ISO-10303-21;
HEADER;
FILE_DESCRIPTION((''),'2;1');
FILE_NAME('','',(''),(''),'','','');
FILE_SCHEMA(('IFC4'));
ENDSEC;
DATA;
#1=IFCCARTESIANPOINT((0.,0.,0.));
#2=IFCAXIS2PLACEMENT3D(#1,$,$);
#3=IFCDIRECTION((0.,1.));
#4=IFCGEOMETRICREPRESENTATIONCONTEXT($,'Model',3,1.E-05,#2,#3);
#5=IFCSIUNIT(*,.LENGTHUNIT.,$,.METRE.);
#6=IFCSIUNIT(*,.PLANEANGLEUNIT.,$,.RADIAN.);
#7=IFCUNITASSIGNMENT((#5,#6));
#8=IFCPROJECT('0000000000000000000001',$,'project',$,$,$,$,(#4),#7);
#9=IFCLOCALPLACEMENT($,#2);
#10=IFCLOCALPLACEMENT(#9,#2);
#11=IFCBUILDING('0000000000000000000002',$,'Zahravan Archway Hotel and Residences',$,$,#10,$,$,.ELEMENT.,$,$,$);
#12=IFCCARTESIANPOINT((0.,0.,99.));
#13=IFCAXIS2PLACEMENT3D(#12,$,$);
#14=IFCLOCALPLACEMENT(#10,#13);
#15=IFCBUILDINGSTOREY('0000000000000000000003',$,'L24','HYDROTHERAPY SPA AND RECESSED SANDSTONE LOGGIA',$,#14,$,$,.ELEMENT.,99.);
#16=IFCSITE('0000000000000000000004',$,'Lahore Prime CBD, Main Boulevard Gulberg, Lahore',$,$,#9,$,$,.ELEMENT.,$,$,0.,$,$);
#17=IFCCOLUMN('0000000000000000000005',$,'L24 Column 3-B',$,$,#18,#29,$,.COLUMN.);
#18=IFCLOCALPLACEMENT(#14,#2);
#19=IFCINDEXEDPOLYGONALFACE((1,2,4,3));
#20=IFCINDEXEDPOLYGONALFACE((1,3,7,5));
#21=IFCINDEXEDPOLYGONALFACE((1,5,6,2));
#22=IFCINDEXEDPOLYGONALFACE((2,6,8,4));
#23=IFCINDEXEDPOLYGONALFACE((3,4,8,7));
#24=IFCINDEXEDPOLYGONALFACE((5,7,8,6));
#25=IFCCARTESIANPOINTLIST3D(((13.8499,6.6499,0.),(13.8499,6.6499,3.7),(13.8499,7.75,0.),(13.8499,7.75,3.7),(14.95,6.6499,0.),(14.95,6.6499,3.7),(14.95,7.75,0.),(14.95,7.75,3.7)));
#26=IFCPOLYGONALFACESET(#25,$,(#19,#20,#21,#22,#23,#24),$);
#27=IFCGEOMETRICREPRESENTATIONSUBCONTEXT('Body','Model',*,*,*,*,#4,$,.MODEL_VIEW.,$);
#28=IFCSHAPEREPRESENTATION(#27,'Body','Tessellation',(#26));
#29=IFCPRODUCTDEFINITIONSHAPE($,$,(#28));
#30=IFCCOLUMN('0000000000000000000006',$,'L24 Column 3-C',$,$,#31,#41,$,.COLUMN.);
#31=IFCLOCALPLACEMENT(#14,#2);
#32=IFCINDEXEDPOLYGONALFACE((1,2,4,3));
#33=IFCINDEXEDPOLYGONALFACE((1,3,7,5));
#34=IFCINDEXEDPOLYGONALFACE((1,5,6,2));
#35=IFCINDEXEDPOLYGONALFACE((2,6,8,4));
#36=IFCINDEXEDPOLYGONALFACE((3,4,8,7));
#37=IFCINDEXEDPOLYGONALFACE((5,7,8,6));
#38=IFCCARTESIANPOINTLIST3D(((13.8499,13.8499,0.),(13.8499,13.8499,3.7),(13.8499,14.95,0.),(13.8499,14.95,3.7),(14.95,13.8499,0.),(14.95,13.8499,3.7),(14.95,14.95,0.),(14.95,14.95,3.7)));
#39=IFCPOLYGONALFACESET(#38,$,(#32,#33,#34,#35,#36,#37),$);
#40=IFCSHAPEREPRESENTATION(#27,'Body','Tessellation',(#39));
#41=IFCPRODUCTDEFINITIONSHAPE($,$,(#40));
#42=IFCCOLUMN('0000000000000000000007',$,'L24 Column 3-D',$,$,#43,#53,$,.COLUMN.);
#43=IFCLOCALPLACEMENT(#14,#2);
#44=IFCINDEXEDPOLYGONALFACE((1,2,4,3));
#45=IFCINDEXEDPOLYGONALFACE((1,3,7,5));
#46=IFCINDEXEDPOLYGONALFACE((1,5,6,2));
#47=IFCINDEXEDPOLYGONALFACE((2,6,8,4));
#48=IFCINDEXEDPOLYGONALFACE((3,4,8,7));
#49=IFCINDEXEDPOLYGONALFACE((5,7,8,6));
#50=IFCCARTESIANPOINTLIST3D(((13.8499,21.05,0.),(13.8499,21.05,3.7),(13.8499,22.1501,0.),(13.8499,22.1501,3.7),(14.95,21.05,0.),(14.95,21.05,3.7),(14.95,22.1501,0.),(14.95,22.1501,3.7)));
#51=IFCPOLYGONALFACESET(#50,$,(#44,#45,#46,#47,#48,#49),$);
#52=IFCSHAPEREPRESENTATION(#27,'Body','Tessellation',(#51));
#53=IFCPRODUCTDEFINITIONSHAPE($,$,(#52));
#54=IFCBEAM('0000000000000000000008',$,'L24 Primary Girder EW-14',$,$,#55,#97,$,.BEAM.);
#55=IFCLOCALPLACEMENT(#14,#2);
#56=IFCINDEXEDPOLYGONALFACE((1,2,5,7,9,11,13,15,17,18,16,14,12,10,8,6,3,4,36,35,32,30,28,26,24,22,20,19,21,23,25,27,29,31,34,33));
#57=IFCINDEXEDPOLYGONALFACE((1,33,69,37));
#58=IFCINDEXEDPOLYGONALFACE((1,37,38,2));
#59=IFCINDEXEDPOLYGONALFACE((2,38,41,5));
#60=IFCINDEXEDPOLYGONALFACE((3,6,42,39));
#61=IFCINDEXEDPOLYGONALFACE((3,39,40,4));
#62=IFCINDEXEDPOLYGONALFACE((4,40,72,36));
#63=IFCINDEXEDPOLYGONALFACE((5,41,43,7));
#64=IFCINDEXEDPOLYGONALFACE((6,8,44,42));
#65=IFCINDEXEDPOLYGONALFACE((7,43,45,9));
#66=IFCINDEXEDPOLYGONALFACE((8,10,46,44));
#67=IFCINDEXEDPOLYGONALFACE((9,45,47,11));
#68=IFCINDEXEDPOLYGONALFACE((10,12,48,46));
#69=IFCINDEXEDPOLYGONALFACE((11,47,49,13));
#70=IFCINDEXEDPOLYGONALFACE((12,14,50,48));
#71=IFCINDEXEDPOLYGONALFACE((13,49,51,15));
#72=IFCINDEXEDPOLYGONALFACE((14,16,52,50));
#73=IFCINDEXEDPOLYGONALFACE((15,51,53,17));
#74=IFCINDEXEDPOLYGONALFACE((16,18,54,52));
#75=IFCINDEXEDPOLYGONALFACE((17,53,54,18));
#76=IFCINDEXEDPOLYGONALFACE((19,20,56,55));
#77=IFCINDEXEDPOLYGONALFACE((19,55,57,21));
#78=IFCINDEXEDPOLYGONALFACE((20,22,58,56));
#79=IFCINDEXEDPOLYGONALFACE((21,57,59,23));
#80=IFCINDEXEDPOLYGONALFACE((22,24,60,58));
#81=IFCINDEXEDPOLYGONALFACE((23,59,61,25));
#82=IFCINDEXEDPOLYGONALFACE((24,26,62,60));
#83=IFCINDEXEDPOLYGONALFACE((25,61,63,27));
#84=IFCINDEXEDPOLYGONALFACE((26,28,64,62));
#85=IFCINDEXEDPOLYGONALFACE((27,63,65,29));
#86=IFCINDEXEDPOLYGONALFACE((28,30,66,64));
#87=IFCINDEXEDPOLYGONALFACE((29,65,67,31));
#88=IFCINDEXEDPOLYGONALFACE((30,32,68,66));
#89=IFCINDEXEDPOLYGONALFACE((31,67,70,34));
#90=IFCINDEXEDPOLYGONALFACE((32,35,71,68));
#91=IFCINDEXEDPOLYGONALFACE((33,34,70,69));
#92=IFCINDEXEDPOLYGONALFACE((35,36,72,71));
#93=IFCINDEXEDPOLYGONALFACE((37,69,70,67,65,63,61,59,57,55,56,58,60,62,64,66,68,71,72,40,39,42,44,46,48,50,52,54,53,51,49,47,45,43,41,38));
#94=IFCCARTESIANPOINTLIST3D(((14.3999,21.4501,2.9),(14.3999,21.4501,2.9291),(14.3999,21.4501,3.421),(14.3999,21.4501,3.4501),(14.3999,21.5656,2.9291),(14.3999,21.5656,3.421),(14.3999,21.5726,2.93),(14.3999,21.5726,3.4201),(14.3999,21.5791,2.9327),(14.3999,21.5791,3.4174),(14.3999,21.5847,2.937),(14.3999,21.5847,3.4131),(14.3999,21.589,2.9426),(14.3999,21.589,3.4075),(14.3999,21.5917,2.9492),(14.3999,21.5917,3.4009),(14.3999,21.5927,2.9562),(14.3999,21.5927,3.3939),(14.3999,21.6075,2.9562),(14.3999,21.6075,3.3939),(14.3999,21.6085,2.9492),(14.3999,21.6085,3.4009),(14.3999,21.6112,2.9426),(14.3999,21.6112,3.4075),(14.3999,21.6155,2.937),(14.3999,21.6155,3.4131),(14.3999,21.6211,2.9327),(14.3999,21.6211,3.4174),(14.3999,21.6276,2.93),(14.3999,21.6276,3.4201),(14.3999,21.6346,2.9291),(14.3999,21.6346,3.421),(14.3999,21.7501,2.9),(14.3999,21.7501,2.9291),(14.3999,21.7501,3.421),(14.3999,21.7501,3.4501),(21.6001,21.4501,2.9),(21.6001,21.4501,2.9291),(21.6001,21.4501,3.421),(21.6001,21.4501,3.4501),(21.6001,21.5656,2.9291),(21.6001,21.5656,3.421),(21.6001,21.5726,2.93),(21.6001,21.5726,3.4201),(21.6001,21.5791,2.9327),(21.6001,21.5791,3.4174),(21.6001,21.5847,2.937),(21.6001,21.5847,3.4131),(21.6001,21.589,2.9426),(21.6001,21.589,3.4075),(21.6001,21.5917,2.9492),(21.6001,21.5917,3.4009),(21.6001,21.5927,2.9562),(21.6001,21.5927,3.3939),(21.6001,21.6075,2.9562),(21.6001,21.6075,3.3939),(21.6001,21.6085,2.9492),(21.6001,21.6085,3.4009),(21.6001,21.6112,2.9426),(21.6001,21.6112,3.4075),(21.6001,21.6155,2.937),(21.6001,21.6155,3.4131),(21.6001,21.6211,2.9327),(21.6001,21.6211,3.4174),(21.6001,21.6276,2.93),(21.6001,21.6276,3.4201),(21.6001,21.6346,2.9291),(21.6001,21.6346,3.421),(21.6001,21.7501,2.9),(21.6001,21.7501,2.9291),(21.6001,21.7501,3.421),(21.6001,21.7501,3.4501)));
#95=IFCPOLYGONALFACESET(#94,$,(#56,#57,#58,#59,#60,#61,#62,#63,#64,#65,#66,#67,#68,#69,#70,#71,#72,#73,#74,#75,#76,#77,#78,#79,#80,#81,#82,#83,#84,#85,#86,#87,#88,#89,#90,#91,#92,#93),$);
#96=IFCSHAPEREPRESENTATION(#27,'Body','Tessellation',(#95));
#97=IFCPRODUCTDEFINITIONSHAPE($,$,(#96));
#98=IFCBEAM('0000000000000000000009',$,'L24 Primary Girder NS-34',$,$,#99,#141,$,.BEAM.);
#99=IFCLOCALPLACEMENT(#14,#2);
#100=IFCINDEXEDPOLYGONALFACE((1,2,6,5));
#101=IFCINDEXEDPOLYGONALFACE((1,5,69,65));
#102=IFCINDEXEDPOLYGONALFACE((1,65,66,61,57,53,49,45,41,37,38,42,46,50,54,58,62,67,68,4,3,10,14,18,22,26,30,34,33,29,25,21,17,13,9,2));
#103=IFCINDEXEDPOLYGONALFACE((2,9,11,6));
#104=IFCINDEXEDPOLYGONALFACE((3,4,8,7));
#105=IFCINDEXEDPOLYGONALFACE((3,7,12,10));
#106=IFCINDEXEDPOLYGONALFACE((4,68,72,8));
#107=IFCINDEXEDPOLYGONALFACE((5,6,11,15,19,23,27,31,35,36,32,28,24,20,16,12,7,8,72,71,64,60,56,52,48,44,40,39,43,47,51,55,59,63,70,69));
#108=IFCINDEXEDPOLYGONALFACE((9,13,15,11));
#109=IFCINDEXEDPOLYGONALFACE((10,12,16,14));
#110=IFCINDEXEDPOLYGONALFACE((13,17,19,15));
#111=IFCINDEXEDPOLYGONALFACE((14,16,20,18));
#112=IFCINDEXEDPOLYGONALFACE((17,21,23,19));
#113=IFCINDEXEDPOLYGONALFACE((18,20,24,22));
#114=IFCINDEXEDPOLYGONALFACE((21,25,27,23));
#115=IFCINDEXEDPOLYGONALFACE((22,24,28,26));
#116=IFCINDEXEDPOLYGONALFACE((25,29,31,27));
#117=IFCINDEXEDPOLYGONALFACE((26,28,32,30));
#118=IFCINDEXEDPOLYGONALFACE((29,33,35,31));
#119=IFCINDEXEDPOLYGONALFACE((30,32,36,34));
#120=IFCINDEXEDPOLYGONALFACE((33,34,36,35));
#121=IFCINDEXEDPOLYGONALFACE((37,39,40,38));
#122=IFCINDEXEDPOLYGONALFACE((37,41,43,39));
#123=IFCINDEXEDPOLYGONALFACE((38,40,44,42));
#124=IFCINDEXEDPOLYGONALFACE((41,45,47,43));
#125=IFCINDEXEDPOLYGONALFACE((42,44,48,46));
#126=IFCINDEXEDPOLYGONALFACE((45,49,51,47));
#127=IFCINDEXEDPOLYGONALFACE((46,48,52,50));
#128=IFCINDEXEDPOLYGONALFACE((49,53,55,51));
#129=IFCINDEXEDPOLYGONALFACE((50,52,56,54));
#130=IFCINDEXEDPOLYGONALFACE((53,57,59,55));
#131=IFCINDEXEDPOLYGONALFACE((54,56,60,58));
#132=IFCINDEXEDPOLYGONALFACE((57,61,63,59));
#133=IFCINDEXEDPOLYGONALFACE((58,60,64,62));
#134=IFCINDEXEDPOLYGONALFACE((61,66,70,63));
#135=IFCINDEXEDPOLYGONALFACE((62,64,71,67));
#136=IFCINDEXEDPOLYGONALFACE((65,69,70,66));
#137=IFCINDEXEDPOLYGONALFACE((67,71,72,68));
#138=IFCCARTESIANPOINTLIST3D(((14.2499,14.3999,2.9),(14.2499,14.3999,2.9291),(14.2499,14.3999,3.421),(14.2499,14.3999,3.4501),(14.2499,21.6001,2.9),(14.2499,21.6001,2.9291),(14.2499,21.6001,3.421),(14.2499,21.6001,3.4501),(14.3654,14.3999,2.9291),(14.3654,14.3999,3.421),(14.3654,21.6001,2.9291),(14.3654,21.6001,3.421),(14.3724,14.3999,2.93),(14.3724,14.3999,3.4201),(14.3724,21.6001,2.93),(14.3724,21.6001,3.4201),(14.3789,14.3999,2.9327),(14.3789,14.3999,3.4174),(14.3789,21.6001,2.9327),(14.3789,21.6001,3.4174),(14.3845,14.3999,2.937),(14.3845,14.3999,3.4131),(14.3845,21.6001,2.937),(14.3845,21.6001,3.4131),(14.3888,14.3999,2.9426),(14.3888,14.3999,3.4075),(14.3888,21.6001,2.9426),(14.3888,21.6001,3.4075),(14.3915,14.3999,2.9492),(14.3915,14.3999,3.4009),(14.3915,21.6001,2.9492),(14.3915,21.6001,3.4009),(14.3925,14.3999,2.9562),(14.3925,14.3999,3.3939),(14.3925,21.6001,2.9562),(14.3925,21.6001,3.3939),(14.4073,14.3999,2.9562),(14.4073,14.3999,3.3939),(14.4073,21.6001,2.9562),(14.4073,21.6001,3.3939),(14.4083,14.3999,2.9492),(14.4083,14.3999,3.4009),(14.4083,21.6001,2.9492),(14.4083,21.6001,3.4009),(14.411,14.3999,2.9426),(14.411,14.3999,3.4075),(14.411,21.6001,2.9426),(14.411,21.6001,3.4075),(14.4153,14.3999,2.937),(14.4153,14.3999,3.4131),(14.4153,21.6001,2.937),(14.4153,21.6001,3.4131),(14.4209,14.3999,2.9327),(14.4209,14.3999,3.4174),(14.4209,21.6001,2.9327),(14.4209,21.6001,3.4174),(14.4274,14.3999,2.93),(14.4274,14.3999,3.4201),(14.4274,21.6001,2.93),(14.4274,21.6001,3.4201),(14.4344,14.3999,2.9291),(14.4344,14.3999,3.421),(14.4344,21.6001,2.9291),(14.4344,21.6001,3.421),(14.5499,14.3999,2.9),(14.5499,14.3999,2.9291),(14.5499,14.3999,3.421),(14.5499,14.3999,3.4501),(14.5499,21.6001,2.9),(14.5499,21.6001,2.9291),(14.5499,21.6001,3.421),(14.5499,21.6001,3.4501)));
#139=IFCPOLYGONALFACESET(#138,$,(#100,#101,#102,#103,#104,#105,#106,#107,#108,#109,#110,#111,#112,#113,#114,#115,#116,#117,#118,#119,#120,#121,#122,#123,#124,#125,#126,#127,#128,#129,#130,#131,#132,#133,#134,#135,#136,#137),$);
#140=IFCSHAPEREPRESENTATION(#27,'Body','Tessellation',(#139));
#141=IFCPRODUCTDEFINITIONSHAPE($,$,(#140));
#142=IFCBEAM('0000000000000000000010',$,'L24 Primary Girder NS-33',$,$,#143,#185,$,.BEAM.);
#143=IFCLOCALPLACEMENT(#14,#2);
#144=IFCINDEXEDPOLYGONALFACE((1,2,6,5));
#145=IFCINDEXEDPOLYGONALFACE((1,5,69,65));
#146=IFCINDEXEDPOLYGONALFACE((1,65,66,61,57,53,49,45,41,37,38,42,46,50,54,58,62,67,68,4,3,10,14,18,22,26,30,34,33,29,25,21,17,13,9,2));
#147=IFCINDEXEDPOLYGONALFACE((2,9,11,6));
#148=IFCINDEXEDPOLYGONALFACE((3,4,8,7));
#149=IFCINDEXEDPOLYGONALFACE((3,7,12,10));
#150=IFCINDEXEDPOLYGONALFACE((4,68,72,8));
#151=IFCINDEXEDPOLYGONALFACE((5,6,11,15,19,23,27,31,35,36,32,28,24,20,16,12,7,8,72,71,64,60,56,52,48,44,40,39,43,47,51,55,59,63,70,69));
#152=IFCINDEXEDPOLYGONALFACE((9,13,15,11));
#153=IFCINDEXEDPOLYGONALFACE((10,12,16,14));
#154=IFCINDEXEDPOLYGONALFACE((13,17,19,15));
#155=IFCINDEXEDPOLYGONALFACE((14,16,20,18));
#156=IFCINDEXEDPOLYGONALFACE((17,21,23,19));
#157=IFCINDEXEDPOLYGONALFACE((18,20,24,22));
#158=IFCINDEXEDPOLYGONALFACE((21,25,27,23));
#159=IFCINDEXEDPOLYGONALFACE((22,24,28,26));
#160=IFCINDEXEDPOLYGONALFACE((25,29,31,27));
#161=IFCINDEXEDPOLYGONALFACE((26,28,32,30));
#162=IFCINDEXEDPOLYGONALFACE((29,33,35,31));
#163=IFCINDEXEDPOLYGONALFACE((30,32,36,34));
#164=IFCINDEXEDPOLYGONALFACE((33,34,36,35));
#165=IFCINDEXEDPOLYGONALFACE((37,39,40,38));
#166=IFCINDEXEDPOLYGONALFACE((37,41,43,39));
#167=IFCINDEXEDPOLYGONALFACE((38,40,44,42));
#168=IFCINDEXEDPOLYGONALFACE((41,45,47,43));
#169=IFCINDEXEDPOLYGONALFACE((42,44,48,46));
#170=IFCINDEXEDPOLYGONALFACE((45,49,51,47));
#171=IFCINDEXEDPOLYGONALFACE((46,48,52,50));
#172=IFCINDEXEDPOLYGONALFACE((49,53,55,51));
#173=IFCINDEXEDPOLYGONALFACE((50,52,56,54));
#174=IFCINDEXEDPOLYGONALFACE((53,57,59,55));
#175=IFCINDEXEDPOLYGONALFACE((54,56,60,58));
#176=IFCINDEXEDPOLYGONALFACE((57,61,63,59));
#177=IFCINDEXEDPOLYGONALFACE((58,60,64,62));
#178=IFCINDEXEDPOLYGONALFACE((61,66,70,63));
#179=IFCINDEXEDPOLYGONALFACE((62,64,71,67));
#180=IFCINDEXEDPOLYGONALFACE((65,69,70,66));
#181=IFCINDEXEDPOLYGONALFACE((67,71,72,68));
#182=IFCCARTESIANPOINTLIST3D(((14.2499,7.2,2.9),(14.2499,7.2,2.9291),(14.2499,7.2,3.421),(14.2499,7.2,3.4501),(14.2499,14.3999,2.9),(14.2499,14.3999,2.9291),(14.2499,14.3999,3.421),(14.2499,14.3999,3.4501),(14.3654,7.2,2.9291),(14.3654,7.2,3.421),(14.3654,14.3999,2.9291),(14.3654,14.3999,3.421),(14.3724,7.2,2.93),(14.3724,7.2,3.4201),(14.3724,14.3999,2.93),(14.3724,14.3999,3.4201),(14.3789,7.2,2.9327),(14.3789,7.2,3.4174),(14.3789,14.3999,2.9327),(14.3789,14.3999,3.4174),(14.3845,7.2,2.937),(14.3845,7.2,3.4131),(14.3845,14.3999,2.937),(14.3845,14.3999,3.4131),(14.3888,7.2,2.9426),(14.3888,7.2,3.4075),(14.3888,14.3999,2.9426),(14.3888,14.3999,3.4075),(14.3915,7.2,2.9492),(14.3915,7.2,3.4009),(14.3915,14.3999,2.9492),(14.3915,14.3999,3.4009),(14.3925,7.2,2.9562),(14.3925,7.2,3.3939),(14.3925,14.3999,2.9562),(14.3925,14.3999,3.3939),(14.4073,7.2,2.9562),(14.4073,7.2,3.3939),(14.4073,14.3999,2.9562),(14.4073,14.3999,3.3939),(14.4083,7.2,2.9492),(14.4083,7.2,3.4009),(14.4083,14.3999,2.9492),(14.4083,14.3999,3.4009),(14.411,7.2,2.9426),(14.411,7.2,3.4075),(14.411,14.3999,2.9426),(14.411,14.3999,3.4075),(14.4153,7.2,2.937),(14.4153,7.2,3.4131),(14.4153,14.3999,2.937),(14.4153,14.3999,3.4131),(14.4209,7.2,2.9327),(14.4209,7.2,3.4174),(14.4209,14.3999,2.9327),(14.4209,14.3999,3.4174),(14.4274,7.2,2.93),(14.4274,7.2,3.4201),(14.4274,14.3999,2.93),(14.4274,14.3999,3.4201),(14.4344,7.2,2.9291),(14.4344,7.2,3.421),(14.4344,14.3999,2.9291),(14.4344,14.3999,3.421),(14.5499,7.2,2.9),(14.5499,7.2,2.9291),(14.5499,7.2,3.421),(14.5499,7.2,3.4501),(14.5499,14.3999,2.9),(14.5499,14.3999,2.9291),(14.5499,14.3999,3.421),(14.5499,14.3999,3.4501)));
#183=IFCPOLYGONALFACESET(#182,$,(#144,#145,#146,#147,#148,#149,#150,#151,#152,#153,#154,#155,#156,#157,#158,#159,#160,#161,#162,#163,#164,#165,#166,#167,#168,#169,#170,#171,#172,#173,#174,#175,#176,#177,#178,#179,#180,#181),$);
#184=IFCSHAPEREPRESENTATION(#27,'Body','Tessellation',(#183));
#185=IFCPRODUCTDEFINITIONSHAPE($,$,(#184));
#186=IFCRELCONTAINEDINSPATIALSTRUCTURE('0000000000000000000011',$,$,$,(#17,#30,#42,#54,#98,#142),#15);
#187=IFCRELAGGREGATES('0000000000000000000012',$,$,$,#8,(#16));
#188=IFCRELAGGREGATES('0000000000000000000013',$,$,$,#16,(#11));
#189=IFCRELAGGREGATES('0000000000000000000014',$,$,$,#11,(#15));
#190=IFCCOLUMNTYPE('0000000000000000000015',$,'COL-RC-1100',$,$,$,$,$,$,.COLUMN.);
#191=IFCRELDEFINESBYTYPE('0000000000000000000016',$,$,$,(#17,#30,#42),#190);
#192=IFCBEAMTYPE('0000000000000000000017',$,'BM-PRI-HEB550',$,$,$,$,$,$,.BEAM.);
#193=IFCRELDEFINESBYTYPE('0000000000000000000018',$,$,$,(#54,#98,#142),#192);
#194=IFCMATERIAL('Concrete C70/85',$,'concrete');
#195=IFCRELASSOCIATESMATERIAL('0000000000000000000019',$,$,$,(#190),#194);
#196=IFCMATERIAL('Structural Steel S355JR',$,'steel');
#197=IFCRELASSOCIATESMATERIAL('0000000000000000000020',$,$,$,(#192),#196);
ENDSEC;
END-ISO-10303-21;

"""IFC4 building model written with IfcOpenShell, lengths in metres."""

from ifc_helpers import new_model, si_unit, direction, frame, origin, origin_2d, place, context, subcontext, project, spatial, rectangle, i_section, extrude, source, transform, mapped, material, material_profile, profile_set, type_object, type_shapes, element, save


model = new_model("IFC4")

# Units and contexts
model_context = context("Model", 3, precision=1e-05, world=origin(), true_north=direction((0.0, 1.0)))
body_context = subcontext(model_context, "Body", "Model", "MODEL_VIEW")
ifc_project = project(units=[si_unit("LENGTHUNIT", "METRE"), si_unit("PLANEANGLEUNIT", "RADIAN")], contexts=[model_context])

# Site, building, storey
site_placement = place(None, origin())
site = spatial("IfcSite", under=ifc_project, at=site_placement, Name="Lahore Prime CBD, Main Boulevard Gulberg, Lahore", CompositionType="ELEMENT", RefElevation=0.0)
building_placement = place(site_placement, origin())
building = spatial("IfcBuilding", under=site, at=building_placement, Name="Zahravan Archway Hotel and Residences", CompositionType="ELEMENT")
storey_placement = place(building_placement, frame((0.0, 0.0, 99.0)))
storey = spatial("IfcBuildingStorey", under=building, at=storey_placement, Name="L24", Description="HYDROTHERAPY SPA AND RECESSED SANDSTONE LOGGIA", CompositionType="ELEMENT", Elevation=99.0)

# Columns
ifc_material_1 = material(Name="Concrete C70/85", Category="concrete")
ifc_material_profile_1 = material_profile(ifc_material_1, rectangle(XDim=1.1001, YDim=1.1001, at=origin_2d()), Name="RC 1100x1100", Category="concrete")
ifc_profile_set_1 = profile_set([ifc_material_profile_1], Name="Concrete C70/85")
column_type = type_object("IfcColumnType", Name="COL-RC-1100", PredefinedType="COLUMN", material=ifc_profile_set_1)
shared_shape_1 = source(origin(), body_context, "Body", "SweptSolid", [
    extrude(rectangle(XDim=1.1001, YDim=1.1001, at=origin_2d()), origin(), (0.0, 0.0, 1.0), 3.7),
])
for number, where, z_axis, x_axis, name in (
    (1, (14.3999, 7.2, 0.0), (0.0, 0.0, 1.0), (1.0, 0.0, 0.0), "L24 Column 3-B"),
    (2, (14.3999, 14.3999, 0.0), (0.0, 0.0, 1.0), (1.0, 0.0, 0.0), "L24 Column 3-C"),
    (3, (14.3999, 21.6001, 0.0), (0.0, 0.0, 1.0), (1.0, 0.0, 0.0), "L24 Column 3-D"),
):
    element("IfcColumn", number, at=place(storey_placement, frame(where, z_axis=z_axis, x_axis=x_axis)), inside=storey, type_object=column_type, Name=name, PredefinedType="COLUMN", context=body_context, shape_type="MappedRepresentation", body=[
        mapped(shared_shape_1, transform((0.0, 0.0, 0.0), scale=1.0)),
    ])

# Beams
ifc_material_2 = material(Name="Structural Steel S355JR", Category="steel")
ifc_material_profile_2 = material_profile(ifc_material_2, i_section(OverallWidth=0.3, OverallDepth=0.55, WebThickness=0.0149, FlangeThickness=0.0291, FilletRadius=0.0271, at=origin_2d()), Name="HEB 550", Category="steel")
ifc_profile_set_2 = profile_set([ifc_material_profile_2], Name="Structural Steel S355JR")
beam_type = type_object("IfcBeamType", Name="BM-PRI-HEB550", PredefinedType="BEAM", material=ifc_profile_set_2)
shared_shape_2 = source(origin(), body_context, "Body", "SweptSolid", [
    extrude(i_section(OverallWidth=0.3, OverallDepth=0.55, WebThickness=0.0149, FlangeThickness=0.0291, FilletRadius=0.0271, at=origin_2d()), origin(), (0.0, 0.0, 1.0), 7.2002),
])
type_shapes(beam_type, [shared_shape_2])
for number, where, z_axis, x_axis, name in (
    (4, (14.3999, 21.6001, 3.175), (1.0, 0.0, 0.0), (0.0, 1.0, 0.0), "L24 Primary Girder EW-14"),
    (5, (14.3999, 14.3999, 3.175), (0.0, 1.0, 0.0), (-1.0, 0.0, 0.0), "L24 Primary Girder NS-34"),
):
    element("IfcBeam", number, at=place(storey_placement, frame(where, z_axis=z_axis, x_axis=x_axis)), inside=storey, type_object=beam_type, Name=name, PredefinedType="BEAM", context=body_context, shape_type="MappedRepresentation", body=[
        mapped(shared_shape_2, transform((0.0, 0.0, 0.0), scale=1.0)),
    ])
shared_shape_3 = source(origin(), body_context, "Body", "SweptSolid", [
    extrude(i_section(OverallWidth=0.3, OverallDepth=0.55, WebThickness=0.0149, FlangeThickness=0.0291, FilletRadius=0.0271, at=origin_2d()), origin(), (0.0, 0.0, 1.0), 7.2),
])
beam_1_placement = place(storey_placement, frame((14.3999, 7.2, 3.175), z_axis=(0.0, 1.0, 0.0), x_axis=(-1.0, 0.0, 0.0)))
element("IfcBeam", 6, at=beam_1_placement, inside=storey, type_object=beam_type, Name="L24 Primary Girder NS-33", PredefinedType="BEAM", context=body_context, shape_type="MappedRepresentation", body=[
    mapped(shared_shape_3, transform((0.0, 0.0, 0.0), scale=1.0)),
])

save(model, "model.ifc")
